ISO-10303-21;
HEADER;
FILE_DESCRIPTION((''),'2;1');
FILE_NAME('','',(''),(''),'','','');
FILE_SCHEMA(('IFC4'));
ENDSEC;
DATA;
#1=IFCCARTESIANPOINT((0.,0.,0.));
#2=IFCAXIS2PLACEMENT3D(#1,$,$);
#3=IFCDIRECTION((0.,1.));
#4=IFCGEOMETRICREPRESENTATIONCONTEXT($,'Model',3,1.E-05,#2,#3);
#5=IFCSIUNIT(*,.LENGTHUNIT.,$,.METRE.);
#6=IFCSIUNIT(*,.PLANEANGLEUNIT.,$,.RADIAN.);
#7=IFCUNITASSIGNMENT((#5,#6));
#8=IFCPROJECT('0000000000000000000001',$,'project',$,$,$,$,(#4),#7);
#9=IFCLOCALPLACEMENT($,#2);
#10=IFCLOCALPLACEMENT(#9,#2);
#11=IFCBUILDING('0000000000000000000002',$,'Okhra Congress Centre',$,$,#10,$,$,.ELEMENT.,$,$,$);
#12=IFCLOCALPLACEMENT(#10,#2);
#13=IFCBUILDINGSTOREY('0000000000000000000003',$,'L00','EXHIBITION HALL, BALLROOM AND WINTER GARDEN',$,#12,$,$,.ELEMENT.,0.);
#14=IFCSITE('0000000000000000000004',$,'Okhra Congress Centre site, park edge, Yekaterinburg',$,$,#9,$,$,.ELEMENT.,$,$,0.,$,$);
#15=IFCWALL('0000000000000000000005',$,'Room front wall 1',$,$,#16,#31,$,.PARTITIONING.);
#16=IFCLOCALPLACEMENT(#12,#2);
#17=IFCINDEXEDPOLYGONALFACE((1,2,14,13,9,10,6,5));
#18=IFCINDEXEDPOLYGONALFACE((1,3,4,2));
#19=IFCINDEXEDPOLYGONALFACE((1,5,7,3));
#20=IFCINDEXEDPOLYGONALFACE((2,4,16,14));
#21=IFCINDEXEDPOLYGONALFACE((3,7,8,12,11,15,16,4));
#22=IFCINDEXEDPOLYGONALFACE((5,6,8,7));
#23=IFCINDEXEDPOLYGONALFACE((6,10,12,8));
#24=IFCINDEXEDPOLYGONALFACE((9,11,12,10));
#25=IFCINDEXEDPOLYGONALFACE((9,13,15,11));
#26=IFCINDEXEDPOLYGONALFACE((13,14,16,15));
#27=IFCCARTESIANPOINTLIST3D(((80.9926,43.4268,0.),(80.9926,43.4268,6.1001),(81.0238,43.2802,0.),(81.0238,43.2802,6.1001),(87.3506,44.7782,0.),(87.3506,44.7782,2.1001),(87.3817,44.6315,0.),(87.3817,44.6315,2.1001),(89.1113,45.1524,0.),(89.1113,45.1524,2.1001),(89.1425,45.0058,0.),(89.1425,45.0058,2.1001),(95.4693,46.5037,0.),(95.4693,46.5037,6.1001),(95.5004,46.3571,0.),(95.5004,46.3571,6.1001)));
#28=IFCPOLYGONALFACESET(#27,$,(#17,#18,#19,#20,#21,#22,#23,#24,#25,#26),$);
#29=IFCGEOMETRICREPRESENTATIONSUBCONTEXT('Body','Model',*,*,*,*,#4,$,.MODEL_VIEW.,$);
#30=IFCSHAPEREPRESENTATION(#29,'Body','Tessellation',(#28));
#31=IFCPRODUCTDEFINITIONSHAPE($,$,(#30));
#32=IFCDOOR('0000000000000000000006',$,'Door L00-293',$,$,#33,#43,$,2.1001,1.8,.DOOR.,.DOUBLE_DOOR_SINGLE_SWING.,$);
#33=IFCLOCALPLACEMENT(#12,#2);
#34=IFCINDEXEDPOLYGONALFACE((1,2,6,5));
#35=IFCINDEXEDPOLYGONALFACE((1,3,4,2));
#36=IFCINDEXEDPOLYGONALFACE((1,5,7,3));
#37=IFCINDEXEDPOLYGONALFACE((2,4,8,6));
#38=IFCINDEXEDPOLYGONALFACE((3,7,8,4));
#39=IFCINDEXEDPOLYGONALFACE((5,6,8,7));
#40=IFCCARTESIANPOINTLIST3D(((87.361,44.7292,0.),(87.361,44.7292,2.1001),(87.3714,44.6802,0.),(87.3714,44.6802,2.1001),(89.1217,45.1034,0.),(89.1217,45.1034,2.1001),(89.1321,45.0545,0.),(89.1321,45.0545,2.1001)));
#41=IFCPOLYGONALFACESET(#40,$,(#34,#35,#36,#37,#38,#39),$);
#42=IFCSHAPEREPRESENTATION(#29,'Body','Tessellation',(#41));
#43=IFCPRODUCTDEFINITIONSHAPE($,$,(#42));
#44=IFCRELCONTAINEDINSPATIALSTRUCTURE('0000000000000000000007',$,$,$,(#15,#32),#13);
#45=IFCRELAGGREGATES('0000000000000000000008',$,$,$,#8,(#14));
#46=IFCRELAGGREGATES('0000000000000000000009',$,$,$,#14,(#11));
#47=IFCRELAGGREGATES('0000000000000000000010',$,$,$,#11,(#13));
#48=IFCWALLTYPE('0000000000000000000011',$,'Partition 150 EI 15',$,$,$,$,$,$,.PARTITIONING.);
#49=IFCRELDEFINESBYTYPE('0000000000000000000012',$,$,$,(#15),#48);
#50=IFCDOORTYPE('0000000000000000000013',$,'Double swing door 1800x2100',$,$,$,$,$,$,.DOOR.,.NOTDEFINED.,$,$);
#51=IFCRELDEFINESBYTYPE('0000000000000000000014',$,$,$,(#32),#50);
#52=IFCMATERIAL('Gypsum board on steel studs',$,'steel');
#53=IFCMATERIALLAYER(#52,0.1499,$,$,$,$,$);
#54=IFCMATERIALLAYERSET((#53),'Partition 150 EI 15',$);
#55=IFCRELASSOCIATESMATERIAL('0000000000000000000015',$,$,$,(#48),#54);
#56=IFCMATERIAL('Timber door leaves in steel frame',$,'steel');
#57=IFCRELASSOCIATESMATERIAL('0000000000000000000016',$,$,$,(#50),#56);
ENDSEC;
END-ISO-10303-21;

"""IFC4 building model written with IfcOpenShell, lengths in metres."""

from ifc_helpers import new_model, si_unit, direction, frame, frame_2d, origin, place, context, subcontext, project, spatial, rectangle, extrude, material, layer, layer_set, type_object, element, fill, save


model = new_model("IFC4")

# Units and contexts
model_context = context("Model", 3, precision=1e-05, world=origin(), true_north=direction((0.0, 1.0)))
body_context = subcontext(model_context, "Body", "Model", "MODEL_VIEW")
ifc_project = project(units=[si_unit("LENGTHUNIT", "METRE"), si_unit("PLANEANGLEUNIT", "RADIAN")], contexts=[model_context])

# Site, building, storey
site_placement = place(None, origin())
site = spatial("IfcSite", under=ifc_project, at=site_placement, Name="Okhra Congress Centre site, park edge, Yekaterinburg", CompositionType="ELEMENT", RefElevation=0.0)
building_placement = place(site_placement, origin())
building = spatial("IfcBuilding", under=site, at=building_placement, Name="Okhra Congress Centre", CompositionType="ELEMENT")
storey_placement = place(building_placement, origin())
storey = spatial("IfcBuildingStorey", under=building, at=storey_placement, Name="L00", Description="EXHIBITION HALL, BALLROOM AND WINTER GARDEN", CompositionType="ELEMENT", Elevation=0.0)

# Shared definitions
ifc_material_1 = material(Name="Gypsum board on steel studs", Category="steel")

# Wall, opening, door
ifc_layer_1 = layer(ifc_material_1, 0.1499)
ifc_layer_set_1 = layer_set([ifc_layer_1], Name="Partition 150 EI 15")
wall_type_1 = type_object("IfcWallType", Name="Partition 150 EI 15", PredefinedType="PARTITIONING", material=ifc_layer_set_1)
wall_1_placement = place(storey_placement, frame((81.0083, 43.3535, 0.0), z_axis=(0.0, 0.0, 1.0), x_axis=(0.97815, 0.2079, 0.0)))
wall_1 = element("IfcWall", 1, at=wall_1_placement, inside=storey, type_object=wall_type_1, Name="Room front wall 1", PredefinedType="PARTITIONING", context=body_context, shape_type="SweptSolid", body=[
    extrude(rectangle(XDim=14.8, YDim=0.1499, at=frame_2d((7.3999, 0.0))), origin(), (0.0, 0.0, 1.0), 6.1001),
])
opening_1_placement = place(wall_1_placement, frame((6.5, 0.0, 0.0)))
opening_1 = element("IfcOpeningElement", 2, at=opening_1_placement, cuts=wall_1, PredefinedType="OPENING", context=body_context, shape_type="SweptSolid", body=[
    extrude(rectangle(XDim=1.8, YDim=2.1001, at=frame_2d((0.8999, 1.05))), frame((0.0, 0.085, 0.0), z_axis=(0.0, -1.0, 0.0), x_axis=(1.0, 0.0, 0.0)), (0.0, 0.0, 1.0), 0.1699),
])
ifc_material_2 = material(Name="Timber door leaves in steel frame", Category="steel")
door_type_1 = type_object("IfcDoorType", Name="Double swing door 1800x2100", OperationType="NOTDEFINED", PredefinedType="DOOR", material=ifc_material_2)
door_1_placement = place(opening_1_placement, origin())
door_1 = element("IfcDoor", 3, at=door_1_placement, inside=storey, type_object=door_type_1, Name="Door L00-293", OperationType="DOUBLE_DOOR_SINGLE_SWING", OverallHeight=2.1001, OverallWidth=1.8, PredefinedType="DOOR", context=body_context, shape_type="SweptSolid", body=[
    extrude(rectangle(XDim=1.8, YDim=2.1001, at=frame_2d((0.8999, 1.05))), frame((0.0, 0.0249, 0.0), z_axis=(0.0, -1.0, 0.0), x_axis=(1.0, 0.0, 0.0)), (0.0, 0.0, 1.0), 0.05),
])
fill(opening_1, door_1)

save(model, "model.ifc")
